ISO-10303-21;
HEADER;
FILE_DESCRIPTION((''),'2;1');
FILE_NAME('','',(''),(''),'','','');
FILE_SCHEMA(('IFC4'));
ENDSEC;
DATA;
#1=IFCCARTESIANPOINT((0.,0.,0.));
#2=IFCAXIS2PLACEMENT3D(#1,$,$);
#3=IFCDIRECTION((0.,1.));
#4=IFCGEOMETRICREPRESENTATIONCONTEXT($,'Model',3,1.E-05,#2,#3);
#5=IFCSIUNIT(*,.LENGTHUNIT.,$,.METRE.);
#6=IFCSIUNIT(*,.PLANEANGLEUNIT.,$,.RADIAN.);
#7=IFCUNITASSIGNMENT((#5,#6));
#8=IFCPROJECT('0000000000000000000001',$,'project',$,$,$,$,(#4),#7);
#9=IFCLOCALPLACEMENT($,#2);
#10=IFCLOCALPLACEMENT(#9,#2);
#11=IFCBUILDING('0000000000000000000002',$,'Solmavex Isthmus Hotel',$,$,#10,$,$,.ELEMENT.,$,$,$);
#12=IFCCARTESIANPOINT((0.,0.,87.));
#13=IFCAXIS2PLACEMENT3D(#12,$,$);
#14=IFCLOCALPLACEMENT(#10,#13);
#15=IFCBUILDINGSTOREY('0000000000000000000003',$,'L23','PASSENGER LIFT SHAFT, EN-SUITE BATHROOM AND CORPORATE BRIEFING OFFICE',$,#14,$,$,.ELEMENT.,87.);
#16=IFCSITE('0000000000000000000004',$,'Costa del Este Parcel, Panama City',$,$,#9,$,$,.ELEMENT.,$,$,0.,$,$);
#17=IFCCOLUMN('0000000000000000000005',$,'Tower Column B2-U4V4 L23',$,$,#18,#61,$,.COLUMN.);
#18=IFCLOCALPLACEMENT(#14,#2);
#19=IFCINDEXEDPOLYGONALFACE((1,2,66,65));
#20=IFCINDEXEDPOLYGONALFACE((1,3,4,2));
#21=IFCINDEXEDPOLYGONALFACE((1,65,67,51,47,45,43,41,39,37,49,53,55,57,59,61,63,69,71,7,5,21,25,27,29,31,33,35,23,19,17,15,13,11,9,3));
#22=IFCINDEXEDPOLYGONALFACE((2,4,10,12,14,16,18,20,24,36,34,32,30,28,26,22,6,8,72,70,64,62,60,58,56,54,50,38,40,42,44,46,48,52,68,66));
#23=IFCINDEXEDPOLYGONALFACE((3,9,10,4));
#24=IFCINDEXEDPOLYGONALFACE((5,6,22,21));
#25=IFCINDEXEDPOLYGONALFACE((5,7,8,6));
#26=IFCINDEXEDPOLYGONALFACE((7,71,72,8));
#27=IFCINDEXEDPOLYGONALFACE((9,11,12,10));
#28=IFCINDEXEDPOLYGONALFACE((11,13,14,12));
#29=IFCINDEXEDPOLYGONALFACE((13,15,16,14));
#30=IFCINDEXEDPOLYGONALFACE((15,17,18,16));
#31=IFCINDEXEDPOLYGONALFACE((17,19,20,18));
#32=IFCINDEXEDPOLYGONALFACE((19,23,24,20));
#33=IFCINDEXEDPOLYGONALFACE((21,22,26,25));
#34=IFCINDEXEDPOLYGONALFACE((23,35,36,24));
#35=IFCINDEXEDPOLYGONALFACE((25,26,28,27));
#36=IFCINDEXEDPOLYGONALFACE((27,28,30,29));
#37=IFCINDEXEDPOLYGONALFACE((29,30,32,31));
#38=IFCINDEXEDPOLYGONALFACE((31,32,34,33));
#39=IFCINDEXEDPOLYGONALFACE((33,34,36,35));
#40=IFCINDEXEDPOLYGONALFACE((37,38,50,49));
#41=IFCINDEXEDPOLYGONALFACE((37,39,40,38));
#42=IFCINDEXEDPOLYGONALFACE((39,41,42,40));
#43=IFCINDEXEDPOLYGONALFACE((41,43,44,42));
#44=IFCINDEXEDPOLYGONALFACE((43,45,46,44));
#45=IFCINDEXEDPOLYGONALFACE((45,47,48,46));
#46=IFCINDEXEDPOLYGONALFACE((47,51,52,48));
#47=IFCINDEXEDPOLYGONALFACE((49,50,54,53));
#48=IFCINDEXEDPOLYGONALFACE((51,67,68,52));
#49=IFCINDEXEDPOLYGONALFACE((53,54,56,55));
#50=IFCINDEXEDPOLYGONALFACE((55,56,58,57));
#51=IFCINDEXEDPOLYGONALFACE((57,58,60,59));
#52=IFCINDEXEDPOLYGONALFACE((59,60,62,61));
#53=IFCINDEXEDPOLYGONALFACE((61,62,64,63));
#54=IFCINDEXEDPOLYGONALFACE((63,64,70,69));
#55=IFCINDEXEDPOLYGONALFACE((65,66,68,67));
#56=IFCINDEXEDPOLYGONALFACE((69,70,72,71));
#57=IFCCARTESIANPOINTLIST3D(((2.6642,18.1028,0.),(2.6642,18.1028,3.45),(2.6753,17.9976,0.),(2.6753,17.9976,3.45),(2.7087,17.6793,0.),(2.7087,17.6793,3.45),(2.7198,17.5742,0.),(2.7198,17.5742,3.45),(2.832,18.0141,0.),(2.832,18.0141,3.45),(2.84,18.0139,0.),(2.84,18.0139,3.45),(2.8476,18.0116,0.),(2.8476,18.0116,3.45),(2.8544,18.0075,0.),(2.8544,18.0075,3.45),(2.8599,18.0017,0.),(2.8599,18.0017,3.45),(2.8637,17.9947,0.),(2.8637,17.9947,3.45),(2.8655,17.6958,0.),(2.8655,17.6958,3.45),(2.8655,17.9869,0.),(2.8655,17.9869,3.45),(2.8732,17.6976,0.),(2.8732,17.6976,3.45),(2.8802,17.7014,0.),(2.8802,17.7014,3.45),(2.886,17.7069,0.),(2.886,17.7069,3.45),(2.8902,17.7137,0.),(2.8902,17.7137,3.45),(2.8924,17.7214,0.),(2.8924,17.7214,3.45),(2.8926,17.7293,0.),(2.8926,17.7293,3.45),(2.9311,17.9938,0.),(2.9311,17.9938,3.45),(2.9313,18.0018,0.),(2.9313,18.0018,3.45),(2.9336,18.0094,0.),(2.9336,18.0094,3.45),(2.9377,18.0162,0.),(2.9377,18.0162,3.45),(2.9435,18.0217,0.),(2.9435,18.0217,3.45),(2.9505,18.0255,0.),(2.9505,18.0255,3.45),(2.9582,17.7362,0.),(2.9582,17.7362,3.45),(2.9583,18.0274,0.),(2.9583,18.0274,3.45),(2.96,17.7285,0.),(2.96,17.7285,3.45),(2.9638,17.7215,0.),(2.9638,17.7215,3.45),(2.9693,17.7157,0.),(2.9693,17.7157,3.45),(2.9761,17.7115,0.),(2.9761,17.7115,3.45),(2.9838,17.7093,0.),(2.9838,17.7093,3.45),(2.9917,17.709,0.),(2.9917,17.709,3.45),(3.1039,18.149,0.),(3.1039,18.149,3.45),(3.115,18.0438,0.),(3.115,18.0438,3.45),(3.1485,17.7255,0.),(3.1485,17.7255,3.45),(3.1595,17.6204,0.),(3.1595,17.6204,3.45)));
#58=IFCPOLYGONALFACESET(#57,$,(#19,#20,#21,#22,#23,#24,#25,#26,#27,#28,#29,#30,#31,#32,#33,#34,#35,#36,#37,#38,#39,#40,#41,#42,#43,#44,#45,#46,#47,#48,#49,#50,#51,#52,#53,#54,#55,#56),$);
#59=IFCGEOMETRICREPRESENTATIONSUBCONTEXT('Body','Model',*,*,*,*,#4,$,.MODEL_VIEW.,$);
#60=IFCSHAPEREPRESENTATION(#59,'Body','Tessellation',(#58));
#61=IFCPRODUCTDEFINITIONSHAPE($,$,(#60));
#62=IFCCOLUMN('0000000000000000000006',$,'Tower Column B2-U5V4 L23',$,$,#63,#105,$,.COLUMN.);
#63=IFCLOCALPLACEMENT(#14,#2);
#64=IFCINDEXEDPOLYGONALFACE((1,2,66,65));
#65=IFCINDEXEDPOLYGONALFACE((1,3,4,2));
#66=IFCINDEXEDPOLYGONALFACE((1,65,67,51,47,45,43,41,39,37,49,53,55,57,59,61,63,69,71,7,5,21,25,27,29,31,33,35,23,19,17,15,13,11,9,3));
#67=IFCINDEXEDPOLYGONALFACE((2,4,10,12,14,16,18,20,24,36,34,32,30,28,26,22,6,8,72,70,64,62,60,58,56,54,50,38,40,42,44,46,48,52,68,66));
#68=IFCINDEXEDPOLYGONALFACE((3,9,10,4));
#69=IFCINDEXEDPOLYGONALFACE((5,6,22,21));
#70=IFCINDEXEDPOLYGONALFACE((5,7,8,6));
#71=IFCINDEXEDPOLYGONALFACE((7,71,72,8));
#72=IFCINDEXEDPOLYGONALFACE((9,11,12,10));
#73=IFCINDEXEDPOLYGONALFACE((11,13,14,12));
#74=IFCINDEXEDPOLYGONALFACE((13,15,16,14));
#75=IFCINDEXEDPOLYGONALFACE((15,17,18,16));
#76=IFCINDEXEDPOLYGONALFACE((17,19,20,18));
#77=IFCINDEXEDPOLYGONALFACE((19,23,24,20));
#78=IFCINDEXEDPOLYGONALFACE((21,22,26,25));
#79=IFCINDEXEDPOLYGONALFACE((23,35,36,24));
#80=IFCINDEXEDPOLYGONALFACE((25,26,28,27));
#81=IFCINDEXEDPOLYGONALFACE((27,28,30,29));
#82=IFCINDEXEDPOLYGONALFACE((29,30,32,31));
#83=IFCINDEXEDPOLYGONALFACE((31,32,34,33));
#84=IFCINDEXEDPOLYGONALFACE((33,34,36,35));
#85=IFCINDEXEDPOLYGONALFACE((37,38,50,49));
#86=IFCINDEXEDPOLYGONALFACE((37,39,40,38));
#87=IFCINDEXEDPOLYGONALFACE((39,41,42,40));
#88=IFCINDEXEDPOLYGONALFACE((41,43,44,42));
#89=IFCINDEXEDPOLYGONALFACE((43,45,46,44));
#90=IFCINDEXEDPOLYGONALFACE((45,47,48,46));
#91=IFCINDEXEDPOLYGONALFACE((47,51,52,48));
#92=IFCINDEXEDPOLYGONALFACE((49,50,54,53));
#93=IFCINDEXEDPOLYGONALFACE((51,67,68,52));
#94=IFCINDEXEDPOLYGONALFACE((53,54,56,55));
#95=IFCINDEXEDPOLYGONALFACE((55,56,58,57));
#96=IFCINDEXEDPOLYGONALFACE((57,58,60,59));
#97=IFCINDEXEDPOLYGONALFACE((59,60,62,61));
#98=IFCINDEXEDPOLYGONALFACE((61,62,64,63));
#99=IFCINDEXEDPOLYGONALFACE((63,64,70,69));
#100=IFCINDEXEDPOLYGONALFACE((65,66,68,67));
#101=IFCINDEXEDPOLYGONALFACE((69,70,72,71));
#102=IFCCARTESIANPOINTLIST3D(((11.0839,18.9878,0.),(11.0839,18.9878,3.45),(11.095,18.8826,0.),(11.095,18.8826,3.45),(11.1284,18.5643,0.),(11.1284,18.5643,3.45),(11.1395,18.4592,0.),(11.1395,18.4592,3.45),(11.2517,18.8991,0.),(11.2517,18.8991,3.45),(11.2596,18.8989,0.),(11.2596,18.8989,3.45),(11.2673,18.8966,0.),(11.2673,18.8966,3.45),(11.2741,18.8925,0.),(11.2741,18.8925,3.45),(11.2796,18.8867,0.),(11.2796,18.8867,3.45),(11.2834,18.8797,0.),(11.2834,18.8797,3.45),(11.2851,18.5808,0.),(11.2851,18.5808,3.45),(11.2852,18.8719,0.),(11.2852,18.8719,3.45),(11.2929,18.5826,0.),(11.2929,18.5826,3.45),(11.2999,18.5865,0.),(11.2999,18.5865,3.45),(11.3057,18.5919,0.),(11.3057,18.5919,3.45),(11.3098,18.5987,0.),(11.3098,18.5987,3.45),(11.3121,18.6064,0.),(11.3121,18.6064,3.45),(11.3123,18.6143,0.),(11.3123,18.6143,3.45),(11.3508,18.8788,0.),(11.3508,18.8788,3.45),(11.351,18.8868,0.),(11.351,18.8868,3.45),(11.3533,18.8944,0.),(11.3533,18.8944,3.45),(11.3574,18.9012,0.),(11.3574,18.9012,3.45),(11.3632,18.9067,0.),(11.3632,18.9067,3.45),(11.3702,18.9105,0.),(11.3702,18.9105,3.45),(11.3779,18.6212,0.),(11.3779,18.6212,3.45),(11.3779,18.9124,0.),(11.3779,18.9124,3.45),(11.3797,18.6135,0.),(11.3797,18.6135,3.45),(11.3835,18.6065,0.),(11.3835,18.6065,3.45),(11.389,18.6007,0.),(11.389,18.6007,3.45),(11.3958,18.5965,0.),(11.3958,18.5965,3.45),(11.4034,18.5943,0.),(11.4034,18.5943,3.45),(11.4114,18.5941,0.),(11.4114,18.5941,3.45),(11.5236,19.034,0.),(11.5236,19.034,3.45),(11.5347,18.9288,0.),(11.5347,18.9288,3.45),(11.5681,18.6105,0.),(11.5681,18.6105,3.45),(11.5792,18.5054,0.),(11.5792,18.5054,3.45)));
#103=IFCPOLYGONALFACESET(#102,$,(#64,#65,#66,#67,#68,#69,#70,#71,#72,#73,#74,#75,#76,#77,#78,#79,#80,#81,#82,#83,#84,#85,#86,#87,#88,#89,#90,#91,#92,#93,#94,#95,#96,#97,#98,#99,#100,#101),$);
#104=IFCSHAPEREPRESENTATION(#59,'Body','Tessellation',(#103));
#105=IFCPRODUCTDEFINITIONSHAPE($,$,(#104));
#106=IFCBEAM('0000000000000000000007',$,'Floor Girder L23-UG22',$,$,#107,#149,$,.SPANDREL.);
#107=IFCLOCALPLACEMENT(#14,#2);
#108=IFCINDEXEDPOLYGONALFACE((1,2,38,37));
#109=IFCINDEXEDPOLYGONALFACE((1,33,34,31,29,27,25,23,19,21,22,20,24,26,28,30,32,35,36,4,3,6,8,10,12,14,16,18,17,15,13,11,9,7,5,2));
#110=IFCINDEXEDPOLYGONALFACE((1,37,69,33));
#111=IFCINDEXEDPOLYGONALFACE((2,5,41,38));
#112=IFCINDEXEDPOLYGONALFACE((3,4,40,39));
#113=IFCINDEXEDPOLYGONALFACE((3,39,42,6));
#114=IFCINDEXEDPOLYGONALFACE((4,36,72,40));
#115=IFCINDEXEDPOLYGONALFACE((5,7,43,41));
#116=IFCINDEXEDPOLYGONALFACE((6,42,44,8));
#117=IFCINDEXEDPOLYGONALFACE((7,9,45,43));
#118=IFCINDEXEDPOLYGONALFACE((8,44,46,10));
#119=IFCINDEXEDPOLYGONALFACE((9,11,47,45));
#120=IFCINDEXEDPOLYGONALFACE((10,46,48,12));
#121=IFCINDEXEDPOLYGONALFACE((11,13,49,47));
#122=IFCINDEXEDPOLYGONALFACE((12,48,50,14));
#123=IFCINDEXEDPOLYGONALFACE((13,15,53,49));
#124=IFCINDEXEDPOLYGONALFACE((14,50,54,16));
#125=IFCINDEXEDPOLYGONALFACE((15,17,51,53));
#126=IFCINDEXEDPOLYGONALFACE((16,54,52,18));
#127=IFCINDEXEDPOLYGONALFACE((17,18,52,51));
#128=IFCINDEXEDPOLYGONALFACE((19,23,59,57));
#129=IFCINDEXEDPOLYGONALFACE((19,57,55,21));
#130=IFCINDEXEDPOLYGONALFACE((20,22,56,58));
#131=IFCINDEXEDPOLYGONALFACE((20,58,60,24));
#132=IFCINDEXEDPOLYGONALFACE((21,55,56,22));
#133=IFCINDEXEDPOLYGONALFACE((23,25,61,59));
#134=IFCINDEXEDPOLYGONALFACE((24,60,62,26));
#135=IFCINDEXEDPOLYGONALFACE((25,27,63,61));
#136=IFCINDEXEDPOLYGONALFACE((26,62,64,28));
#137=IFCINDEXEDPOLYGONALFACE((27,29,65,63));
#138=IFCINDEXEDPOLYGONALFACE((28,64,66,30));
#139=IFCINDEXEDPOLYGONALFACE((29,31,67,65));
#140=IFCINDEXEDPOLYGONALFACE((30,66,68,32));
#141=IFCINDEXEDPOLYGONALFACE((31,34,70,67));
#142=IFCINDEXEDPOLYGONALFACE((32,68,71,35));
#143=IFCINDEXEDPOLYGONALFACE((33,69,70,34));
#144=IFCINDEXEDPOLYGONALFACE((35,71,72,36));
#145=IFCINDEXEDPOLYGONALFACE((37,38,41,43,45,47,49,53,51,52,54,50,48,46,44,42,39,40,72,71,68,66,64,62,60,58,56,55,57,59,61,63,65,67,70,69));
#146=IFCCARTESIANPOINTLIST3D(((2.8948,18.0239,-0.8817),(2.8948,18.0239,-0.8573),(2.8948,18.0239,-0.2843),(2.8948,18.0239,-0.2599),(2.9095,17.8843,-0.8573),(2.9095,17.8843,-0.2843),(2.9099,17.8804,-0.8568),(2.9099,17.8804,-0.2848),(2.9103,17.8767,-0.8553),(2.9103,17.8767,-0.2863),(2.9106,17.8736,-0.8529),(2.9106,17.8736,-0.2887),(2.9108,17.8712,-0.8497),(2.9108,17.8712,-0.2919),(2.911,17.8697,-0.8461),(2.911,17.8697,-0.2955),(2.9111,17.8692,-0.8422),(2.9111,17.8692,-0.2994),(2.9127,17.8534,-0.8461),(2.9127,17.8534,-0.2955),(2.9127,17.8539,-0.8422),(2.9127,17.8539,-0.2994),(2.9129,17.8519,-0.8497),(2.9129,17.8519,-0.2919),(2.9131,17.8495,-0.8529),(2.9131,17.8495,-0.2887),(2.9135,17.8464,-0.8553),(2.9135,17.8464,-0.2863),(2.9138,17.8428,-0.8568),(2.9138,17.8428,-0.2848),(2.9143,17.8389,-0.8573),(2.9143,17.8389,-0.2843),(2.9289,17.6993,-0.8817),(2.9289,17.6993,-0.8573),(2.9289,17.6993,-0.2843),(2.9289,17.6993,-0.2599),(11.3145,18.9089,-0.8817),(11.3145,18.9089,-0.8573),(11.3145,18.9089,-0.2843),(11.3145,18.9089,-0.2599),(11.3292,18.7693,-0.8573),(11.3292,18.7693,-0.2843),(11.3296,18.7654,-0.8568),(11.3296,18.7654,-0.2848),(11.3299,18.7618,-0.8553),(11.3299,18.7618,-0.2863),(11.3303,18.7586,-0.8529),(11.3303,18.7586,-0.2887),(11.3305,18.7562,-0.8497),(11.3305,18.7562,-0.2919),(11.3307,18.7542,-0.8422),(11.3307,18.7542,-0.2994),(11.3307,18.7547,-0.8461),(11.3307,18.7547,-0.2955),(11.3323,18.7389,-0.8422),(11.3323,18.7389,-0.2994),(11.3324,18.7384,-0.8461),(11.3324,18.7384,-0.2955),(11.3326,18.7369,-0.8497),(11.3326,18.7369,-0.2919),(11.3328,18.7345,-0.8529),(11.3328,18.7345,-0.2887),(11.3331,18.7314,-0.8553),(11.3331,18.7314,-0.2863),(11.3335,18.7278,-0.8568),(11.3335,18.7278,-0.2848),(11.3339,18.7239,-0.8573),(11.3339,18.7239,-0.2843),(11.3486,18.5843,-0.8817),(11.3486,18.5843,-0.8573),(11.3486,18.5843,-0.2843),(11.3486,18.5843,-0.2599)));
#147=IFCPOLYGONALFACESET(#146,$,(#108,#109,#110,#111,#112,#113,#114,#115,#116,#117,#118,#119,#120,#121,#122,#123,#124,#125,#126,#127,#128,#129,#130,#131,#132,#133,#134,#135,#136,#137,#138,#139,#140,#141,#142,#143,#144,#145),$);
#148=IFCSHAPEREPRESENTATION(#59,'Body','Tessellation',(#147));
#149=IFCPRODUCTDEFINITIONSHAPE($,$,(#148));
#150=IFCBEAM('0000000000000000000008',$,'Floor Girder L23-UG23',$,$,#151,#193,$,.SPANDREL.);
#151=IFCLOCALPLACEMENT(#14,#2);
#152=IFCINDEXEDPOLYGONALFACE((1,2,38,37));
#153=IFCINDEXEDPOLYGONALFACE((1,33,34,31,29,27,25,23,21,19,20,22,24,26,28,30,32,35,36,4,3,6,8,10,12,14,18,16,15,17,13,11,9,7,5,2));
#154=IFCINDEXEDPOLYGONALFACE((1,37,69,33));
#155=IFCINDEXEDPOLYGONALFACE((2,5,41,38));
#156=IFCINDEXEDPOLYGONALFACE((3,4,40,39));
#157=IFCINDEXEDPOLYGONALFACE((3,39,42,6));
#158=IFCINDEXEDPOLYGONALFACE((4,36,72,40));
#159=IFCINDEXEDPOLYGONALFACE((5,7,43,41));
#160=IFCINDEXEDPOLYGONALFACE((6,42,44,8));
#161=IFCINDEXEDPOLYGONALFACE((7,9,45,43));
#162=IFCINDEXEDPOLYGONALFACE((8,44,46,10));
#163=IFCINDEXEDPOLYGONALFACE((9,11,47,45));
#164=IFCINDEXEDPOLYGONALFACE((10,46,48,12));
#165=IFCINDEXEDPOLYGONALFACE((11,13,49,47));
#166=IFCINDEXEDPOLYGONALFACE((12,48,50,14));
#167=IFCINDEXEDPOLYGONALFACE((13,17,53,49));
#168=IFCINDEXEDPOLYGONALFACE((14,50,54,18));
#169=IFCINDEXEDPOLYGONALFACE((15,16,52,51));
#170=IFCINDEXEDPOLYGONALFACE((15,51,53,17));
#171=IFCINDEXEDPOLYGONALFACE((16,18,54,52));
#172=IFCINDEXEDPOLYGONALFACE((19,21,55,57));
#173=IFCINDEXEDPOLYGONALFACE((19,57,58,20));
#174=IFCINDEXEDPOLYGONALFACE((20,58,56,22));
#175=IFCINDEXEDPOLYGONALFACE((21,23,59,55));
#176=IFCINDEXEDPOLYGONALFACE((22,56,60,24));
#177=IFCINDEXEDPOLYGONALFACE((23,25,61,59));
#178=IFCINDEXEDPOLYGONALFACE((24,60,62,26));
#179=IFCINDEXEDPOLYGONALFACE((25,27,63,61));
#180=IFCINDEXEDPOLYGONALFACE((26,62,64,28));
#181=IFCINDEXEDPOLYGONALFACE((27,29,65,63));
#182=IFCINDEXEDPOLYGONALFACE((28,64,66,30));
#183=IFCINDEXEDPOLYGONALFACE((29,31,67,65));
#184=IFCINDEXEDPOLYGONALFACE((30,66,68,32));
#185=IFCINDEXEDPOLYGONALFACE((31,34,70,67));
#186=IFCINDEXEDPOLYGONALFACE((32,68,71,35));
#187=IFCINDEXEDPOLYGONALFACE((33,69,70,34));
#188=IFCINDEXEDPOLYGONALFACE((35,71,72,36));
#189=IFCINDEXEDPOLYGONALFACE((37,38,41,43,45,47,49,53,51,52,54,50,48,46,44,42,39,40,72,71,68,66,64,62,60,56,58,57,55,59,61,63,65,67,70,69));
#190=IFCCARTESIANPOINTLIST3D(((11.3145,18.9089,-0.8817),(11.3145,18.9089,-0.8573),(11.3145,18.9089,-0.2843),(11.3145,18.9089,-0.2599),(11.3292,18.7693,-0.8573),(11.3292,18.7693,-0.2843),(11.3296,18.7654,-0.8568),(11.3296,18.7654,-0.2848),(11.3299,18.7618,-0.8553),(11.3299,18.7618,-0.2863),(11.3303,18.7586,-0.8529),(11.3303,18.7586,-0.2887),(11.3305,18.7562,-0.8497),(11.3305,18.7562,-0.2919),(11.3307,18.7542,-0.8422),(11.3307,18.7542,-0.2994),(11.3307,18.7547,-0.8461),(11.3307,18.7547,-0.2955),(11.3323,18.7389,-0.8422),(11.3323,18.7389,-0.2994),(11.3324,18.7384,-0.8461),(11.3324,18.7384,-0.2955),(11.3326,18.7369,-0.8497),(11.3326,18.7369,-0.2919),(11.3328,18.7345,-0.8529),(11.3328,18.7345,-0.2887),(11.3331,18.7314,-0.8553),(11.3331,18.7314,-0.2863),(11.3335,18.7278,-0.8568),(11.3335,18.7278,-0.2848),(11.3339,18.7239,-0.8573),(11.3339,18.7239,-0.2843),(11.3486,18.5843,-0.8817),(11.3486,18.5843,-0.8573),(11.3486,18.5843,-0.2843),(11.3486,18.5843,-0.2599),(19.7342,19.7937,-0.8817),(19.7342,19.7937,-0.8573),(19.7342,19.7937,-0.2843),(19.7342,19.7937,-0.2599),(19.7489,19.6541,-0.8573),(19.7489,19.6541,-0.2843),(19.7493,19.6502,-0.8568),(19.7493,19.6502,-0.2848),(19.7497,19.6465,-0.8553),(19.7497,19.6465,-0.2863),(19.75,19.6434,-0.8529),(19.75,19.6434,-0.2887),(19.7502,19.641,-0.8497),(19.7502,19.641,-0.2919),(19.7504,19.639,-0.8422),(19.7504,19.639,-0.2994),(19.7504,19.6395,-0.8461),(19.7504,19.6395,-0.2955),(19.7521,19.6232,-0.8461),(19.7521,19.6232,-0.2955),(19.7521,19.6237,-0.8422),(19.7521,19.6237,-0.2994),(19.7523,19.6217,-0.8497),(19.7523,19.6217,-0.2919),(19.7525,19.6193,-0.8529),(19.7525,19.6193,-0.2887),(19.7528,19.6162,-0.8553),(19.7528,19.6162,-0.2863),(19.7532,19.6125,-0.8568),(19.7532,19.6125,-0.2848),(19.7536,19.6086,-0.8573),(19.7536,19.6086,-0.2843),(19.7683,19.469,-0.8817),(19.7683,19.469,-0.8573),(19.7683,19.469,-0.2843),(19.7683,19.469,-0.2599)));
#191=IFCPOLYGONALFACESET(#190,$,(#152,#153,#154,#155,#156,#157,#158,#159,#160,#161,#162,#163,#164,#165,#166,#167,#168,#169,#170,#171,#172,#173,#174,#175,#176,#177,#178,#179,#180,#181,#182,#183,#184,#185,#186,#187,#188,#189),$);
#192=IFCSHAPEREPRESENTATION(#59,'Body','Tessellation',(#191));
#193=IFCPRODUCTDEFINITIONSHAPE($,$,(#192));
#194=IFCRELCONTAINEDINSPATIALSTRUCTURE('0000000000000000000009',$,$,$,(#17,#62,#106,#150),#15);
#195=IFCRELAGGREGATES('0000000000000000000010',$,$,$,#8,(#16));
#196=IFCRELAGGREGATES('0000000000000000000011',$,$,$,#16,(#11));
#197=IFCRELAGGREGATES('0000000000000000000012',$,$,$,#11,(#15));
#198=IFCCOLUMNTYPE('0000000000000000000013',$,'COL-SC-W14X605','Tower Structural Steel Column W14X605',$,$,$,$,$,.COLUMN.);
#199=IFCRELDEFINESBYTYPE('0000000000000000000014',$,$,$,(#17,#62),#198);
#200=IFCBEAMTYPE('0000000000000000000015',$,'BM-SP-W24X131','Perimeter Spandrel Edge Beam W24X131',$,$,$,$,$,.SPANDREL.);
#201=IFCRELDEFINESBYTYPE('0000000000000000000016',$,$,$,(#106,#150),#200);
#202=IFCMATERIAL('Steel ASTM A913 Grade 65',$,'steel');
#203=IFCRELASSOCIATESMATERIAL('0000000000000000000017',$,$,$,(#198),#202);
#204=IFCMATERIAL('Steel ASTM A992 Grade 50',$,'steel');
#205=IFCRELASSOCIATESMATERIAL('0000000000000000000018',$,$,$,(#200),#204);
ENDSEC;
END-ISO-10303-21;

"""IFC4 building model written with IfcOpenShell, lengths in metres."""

from ifc_helpers import new_model, si_unit, direction, frame, origin, origin_2d, place, context, subcontext, project, spatial, i_section, extrude, material, material_profile, profile_set, type_object, element, save


model = new_model("IFC4")

# Units and contexts
model_context = context("Model", 3, precision=1e-05, world=origin(), true_north=direction((0.0, 1.0)))
body_context = subcontext(model_context, "Body", "Model", "MODEL_VIEW")
ifc_project = project(units=[si_unit("LENGTHUNIT", "METRE"), si_unit("PLANEANGLEUNIT", "RADIAN")], contexts=[model_context])

# Site, building, storey
site_placement = place(None, origin())
site = spatial("IfcSite", under=ifc_project, at=site_placement, Name="Costa del Este Parcel, Panama City", CompositionType="ELEMENT", RefElevation=0.0)
building_placement = place(site_placement, origin())
building = spatial("IfcBuilding", under=site, at=building_placement, Name="Solmavex Isthmus Hotel", CompositionType="ELEMENT")
storey_placement = place(building_placement, frame((0.0, 0.0, 87.0)))
storey = spatial("IfcBuildingStorey", under=building, at=storey_placement, Name="L23", Description="PASSENGER LIFT SHAFT, EN-SUITE BATHROOM AND CORPORATE BRIEFING OFFICE", CompositionType="ELEMENT", Elevation=87.0)

# Columns
ifc_material_1 = material(Name="Steel ASTM A913 Grade 65", Category="steel")
ifc_material_profile_1 = material_profile(ifc_material_1, i_section(OverallWidth=0.4421, OverallDepth=0.5315, WebThickness=0.0659, FlangeThickness=0.1057, FilletRadius=0.0305, at=origin_2d()), Name="W14X605")
ifc_profile_set_1 = profile_set([ifc_material_profile_1], Name="Steel ASTM A913 Grade 65")
column_type = type_object("IfcColumnType", Name="COL-SC-W14X605", Description="Tower Structural Steel Column W14X605", PredefinedType="COLUMN", material=ifc_profile_set_1)
for number, where, z_axis, x_axis, name in (
    (1, (2.9119, 17.8616, 0.0), (0.0, 0.0, 1.0), (0.994522, 0.104528, 0.0), "Tower Column B2-U4V4 L23"),
    (2, (11.3315, 18.7466, 0.0), (0.0, 0.0, 1.0), (0.994522, 0.104528, 0.0), "Tower Column B2-U5V4 L23"),
):
    element("IfcColumn", number, at=place(storey_placement, frame(where, z_axis=z_axis, x_axis=x_axis)), inside=storey, type_object=column_type, Name=name, PredefinedType="COLUMN", context=body_context, shape_type="SweptSolid", body=[
        extrude(i_section(OverallWidth=0.4421, OverallDepth=0.5315, WebThickness=0.0659, FlangeThickness=0.1057, FilletRadius=0.0305, at=origin_2d()), origin(), (0.0, 0.0, 1.0), 3.45),
    ])

# Beams
ifc_material_2 = material(Name="Steel ASTM A992 Grade 50", Category="steel")
ifc_material_profile_2 = material_profile(ifc_material_2, i_section(OverallWidth=0.3264, OverallDepth=0.6218, WebThickness=0.0154, FlangeThickness=0.0244, FilletRadius=0.0151, at=origin_2d()), Name="W24X131")
ifc_profile_set_2 = profile_set([ifc_material_profile_2], Name="Steel ASTM A992 Grade 50")
beam_type = type_object("IfcBeamType", Name="BM-SP-W24X131", Description="Perimeter Spandrel Edge Beam W24X131", PredefinedType="SPANDREL", material=ifc_profile_set_2)
for number, where, z_axis, x_axis, name in (
    (3, (2.9119, 17.8616, -0.5708), (0.994521, 0.104536, 0.0), (-0.104536, 0.994521, 0.0), "Floor Girder L23-UG22"),
    (4, (11.3315, 18.7466, -0.5708), (0.994524, 0.104508, 0.0), (-0.104508, 0.994524, 0.0), "Floor Girder L23-UG23"),
):
    element("IfcBeam", number, at=place(storey_placement, frame(where, z_axis=z_axis, x_axis=x_axis)), inside=storey, type_object=beam_type, Name=name, PredefinedType="SPANDREL", context=body_context, shape_type="SweptSolid", body=[
        extrude(i_section(OverallWidth=0.3264, OverallDepth=0.6218, WebThickness=0.0154, FlangeThickness=0.0244, FilletRadius=0.0151, at=origin_2d()), origin(), (0.0, 0.0, 1.0), 8.4661),
    ])

save(model, "model.ifc")
